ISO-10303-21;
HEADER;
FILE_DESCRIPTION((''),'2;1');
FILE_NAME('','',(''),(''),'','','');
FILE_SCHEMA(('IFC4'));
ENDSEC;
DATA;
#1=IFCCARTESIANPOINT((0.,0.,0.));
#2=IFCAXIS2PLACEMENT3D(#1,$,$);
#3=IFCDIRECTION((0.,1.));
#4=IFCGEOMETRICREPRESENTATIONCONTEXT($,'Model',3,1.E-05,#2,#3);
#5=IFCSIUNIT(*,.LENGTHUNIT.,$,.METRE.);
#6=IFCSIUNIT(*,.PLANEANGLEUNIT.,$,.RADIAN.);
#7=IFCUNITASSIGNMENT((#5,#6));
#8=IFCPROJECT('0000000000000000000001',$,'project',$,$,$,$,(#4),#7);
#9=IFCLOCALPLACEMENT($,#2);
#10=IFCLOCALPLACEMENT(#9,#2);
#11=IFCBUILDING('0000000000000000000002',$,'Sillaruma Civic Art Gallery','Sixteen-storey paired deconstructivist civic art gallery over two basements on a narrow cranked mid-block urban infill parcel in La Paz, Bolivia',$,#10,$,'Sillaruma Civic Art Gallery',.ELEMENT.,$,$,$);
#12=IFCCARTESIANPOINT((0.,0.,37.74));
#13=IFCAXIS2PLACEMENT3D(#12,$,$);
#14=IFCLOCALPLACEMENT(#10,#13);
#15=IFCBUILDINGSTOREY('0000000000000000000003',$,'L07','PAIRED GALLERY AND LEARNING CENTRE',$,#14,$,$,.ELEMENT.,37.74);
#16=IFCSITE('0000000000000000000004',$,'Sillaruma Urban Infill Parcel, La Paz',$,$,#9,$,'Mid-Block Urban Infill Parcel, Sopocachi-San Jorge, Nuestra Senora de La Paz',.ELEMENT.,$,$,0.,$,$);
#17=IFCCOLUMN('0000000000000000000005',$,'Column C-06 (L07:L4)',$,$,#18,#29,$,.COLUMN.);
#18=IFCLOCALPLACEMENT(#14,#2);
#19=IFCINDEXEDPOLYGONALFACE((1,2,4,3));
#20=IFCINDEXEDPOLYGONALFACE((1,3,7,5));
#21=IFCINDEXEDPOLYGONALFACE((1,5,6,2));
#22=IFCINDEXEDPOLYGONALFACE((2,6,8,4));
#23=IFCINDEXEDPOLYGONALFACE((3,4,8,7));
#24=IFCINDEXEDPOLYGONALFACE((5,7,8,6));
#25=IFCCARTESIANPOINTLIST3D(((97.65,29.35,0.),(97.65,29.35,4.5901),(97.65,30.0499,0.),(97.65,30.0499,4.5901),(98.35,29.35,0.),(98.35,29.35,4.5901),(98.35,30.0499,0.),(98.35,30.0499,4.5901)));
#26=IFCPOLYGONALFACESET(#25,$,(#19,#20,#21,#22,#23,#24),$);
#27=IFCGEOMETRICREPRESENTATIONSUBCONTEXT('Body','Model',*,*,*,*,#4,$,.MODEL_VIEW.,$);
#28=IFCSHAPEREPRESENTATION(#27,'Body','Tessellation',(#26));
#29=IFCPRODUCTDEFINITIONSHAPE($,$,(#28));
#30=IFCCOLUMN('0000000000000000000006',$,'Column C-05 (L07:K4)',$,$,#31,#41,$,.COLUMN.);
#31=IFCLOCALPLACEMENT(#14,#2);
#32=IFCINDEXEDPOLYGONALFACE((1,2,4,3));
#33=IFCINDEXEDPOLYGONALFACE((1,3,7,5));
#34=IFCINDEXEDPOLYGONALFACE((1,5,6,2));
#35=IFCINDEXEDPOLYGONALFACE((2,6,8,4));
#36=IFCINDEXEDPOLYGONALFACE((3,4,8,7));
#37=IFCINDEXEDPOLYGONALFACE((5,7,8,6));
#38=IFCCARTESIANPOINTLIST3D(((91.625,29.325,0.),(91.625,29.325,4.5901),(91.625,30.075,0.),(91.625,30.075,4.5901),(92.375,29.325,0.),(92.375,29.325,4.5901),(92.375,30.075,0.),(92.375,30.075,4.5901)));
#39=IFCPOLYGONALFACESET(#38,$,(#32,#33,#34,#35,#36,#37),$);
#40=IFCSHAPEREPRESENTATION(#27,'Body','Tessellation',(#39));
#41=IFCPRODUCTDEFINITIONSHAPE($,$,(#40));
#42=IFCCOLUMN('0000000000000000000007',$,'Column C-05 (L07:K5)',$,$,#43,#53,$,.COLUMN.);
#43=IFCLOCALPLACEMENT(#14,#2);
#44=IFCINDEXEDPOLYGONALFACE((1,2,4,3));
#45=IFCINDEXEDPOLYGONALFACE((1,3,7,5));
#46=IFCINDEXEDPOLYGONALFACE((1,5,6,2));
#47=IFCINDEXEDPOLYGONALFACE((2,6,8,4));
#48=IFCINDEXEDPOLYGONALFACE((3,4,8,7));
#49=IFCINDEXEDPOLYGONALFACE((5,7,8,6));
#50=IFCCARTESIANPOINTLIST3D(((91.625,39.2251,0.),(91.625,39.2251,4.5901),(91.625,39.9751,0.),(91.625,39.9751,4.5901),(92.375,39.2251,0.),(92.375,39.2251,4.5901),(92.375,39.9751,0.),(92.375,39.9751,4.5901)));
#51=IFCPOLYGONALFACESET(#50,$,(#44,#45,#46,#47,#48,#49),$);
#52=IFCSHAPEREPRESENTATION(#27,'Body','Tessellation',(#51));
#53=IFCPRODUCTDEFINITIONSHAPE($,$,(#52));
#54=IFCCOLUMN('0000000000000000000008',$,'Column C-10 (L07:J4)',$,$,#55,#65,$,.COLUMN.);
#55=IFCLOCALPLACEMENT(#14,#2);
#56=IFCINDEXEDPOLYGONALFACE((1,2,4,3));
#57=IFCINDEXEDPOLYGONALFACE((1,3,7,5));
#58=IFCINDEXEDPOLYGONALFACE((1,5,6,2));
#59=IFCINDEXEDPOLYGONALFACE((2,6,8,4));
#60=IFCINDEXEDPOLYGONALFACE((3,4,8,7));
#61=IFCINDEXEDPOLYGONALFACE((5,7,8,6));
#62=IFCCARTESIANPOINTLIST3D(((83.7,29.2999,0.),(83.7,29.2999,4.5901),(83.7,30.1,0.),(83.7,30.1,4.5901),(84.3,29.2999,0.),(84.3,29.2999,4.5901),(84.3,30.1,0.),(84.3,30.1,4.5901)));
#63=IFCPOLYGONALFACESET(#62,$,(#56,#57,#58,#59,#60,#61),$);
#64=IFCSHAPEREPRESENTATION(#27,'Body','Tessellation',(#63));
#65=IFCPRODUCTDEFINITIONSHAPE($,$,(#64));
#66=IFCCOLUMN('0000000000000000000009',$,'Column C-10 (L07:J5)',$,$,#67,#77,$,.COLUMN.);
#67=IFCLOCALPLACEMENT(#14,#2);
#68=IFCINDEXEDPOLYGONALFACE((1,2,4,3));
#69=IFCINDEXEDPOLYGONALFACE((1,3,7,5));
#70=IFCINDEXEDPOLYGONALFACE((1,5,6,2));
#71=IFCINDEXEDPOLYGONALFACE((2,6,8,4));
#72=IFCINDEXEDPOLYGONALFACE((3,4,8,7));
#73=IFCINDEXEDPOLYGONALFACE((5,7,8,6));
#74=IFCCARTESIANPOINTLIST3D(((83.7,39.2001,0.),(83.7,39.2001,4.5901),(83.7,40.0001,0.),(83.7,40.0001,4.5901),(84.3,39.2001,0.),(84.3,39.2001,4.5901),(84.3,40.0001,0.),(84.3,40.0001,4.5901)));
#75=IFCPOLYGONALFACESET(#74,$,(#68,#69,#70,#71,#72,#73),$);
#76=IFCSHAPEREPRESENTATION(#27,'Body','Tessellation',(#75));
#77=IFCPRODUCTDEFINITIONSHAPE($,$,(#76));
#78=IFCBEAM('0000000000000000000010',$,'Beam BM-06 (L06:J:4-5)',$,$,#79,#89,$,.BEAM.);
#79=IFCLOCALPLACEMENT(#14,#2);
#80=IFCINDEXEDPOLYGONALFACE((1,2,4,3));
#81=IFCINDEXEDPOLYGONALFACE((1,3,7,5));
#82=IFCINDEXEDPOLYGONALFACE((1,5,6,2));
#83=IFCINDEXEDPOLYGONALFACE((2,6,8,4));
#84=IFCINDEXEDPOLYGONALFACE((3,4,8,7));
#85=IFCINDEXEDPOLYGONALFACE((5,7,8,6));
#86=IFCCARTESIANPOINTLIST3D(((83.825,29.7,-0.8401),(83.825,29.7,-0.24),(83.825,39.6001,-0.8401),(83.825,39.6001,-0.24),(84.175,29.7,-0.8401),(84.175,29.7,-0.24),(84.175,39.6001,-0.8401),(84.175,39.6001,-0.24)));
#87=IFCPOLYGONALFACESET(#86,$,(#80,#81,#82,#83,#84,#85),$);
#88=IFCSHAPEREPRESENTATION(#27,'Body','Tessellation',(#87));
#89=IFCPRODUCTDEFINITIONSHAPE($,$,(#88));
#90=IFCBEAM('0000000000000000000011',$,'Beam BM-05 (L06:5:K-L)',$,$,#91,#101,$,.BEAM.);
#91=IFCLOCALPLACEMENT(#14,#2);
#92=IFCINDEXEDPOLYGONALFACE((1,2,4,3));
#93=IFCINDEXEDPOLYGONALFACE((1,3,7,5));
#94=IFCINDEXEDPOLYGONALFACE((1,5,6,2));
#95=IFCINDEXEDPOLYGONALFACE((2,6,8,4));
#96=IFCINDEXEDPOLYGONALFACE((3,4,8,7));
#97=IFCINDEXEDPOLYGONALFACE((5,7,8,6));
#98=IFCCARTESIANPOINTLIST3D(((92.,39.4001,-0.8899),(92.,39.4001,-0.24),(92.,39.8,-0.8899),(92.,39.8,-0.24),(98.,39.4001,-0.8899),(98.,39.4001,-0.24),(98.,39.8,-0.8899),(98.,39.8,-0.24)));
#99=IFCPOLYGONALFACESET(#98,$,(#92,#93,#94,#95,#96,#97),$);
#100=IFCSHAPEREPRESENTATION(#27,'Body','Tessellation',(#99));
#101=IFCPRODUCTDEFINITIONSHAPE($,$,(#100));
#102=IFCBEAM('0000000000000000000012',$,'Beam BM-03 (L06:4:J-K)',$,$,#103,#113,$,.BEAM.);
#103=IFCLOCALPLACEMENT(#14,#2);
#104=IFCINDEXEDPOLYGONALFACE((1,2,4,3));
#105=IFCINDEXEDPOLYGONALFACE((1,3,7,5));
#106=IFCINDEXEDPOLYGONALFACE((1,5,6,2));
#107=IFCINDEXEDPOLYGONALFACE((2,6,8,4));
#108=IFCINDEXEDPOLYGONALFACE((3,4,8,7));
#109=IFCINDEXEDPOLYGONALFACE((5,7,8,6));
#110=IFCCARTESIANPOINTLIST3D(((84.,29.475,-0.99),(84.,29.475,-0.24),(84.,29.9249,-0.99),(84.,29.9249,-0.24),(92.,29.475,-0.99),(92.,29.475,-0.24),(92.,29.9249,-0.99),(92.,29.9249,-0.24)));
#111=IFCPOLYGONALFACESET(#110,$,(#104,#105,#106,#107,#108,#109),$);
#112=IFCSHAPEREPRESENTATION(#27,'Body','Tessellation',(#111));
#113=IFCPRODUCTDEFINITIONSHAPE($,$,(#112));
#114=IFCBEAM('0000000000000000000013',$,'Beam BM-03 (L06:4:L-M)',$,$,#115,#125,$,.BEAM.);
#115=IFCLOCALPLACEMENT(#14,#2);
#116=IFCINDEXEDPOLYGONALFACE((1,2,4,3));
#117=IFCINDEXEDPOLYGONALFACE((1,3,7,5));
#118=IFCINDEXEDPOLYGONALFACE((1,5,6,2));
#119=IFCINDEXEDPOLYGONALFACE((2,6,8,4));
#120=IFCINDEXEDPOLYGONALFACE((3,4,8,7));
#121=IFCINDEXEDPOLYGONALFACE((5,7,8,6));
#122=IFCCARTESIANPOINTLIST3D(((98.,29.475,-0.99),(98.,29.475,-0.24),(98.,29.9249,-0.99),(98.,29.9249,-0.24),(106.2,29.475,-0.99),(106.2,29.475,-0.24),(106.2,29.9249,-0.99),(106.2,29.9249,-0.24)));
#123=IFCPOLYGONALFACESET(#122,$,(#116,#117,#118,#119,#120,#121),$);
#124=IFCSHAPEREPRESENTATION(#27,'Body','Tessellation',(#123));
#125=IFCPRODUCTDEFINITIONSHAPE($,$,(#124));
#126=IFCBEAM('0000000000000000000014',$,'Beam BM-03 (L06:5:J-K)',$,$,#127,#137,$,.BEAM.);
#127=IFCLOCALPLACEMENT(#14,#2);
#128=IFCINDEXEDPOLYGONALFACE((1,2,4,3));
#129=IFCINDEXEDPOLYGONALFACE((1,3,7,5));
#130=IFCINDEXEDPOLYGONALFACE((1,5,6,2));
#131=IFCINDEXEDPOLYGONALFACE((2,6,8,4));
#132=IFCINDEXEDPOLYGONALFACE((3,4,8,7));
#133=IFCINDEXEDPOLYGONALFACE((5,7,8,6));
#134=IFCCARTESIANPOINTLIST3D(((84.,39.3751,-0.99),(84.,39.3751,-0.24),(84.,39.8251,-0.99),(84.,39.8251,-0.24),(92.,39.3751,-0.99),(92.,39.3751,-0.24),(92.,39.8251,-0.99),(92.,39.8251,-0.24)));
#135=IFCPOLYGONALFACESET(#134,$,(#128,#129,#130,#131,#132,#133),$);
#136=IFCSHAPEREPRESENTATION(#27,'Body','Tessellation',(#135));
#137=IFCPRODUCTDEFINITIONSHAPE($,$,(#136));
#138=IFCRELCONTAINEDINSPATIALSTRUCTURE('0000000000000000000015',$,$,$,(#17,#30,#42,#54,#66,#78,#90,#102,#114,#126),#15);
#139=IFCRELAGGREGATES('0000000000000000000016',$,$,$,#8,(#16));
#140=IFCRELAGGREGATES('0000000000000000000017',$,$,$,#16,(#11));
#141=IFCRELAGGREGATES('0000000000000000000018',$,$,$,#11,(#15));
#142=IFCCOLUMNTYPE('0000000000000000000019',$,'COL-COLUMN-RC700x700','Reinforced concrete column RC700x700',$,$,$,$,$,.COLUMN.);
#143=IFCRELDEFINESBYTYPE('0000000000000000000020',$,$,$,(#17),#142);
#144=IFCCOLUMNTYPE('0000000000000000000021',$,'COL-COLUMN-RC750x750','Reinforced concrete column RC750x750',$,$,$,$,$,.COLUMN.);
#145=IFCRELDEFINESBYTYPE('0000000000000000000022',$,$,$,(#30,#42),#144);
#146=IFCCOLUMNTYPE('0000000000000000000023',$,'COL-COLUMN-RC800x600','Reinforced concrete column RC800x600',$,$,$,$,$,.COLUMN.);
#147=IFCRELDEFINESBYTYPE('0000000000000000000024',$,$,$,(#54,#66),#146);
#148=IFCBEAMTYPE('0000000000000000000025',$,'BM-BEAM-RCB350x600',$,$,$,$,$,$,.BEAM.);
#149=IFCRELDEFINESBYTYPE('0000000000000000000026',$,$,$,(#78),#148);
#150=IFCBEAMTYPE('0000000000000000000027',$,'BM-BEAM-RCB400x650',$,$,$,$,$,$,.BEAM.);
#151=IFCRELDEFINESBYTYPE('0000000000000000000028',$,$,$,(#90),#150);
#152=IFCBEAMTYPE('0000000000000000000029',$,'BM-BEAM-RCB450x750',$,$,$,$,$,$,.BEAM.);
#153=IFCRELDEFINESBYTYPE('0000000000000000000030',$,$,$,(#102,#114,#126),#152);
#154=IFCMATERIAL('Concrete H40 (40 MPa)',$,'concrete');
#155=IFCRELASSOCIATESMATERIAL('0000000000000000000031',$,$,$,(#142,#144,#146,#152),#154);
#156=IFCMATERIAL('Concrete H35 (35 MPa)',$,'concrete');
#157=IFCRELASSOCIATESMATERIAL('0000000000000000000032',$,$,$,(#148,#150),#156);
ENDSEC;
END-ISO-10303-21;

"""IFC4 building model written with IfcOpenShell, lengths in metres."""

from ifc_helpers import new_model, si_unit, direction, frame, origin, origin_2d, place, context, subcontext, project, spatial, rectangle, extrude, material, material_profile, profile_set, type_object, element, save


model = new_model("IFC4")

# Units and contexts
model_context = context("Model", 3, precision=1e-05, world=origin(), true_north=direction((0.0, 1.0)))
body_context = subcontext(model_context, "Body", "Model", "MODEL_VIEW")
ifc_project = project(units=[si_unit("LENGTHUNIT", "METRE"), si_unit("PLANEANGLEUNIT", "RADIAN")], contexts=[model_context])

# Site, building, storey
site_placement = place(None, origin())
site = spatial("IfcSite", under=ifc_project, at=site_placement, Name="Sillaruma Urban Infill Parcel, La Paz", LongName="Mid-Block Urban Infill Parcel, Sopocachi-San Jorge, Nuestra Senora de La Paz", CompositionType="ELEMENT", RefElevation=0.0)
building_placement = place(site_placement, origin())
building = spatial("IfcBuilding", under=site, at=building_placement, Name="Sillaruma Civic Art Gallery", Description="Sixteen-storey paired deconstructivist civic art gallery over two basements on a narrow cranked mid-block urban infill parcel in La Paz, Bolivia", LongName="Sillaruma Civic Art Gallery", CompositionType="ELEMENT")
storey_placement = place(building_placement, frame((0.0, 0.0, 37.74)))
storey = spatial("IfcBuildingStorey", under=building, at=storey_placement, Name="L07", Description="PAIRED GALLERY AND LEARNING CENTRE", CompositionType="ELEMENT", Elevation=37.74)

# Columns
ifc_material_1 = material(Name="Concrete H40 (40 MPa)", Category="concrete")
ifc_material_profile_1 = material_profile(ifc_material_1, rectangle(XDim=0.7, YDim=0.7, at=origin_2d()), Name="RC700x700")
ifc_profile_set_1 = profile_set([ifc_material_profile_1], Name="Concrete H40 (40 MPa)")
column_type_1 = type_object("IfcColumnType", Name="COL-COLUMN-RC700x700", Description="Reinforced concrete column RC700x700", PredefinedType="COLUMN", material=ifc_profile_set_1)
column_placement = place(storey_placement, frame((98.0, 29.7, 0.0), z_axis=(0.0, 0.0, 1.0), x_axis=(1.0, 0.0, 0.0)))
element("IfcColumn", 1, at=column_placement, inside=storey, type_object=column_type_1, Name="Column C-06 (L07:L4)", PredefinedType="COLUMN", context=body_context, shape_type="SweptSolid", body=[
    extrude(rectangle(XDim=0.7, YDim=0.7, at=origin_2d()), origin(), (0.0, 0.0, 1.0), 4.5901),
])
ifc_material_profile_2 = material_profile(ifc_material_1, rectangle(XDim=0.75, YDim=0.75, at=origin_2d()), Name="RC750x750")
ifc_profile_set_2 = profile_set([ifc_material_profile_2], Name="Concrete H40 (40 MPa)")
column_type_2 = type_object("IfcColumnType", Name="COL-COLUMN-RC750x750", Description="Reinforced concrete column RC750x750", PredefinedType="COLUMN", material=ifc_profile_set_2)
for number, where, z_axis, x_axis, name in (
    (2, (92.0, 29.7, 0.0), (0.0, 0.0, 1.0), (1.0, 0.0, 0.0), "Column C-05 (L07:K4)"),
    (3, (92.0, 39.6001, 0.0), (0.0, 0.0, 1.0), (1.0, 0.0, 0.0), "Column C-05 (L07:K5)"),
):
    element("IfcColumn", number, at=place(storey_placement, frame(where, z_axis=z_axis, x_axis=x_axis)), inside=storey, type_object=column_type_2, Name=name, PredefinedType="COLUMN", context=body_context, shape_type="SweptSolid", body=[
        extrude(rectangle(XDim=0.75, YDim=0.75, at=origin_2d()), origin(), (0.0, 0.0, 1.0), 4.5901),
    ])
ifc_material_profile_3 = material_profile(ifc_material_1, rectangle(XDim=0.6001, YDim=0.8, at=origin_2d()), Name="RC800x600")
ifc_profile_set_3 = profile_set([ifc_material_profile_3], Name="Concrete H40 (40 MPa)")
column_type_3 = type_object("IfcColumnType", Name="COL-COLUMN-RC800x600", Description="Reinforced concrete column RC800x600", PredefinedType="COLUMN", material=ifc_profile_set_3)
for number, where, z_axis, x_axis, name in (
    (4, (84.0, 29.7, 0.0), (0.0, 0.0, 1.0), (1.0, 0.0, 0.0), "Column C-10 (L07:J4)"),
    (5, (84.0, 39.6001, 0.0), (0.0, 0.0, 1.0), (1.0, 0.0, 0.0), "Column C-10 (L07:J5)"),
):
    element("IfcColumn", number, at=place(storey_placement, frame(where, z_axis=z_axis, x_axis=x_axis)), inside=storey, type_object=column_type_3, Name=name, PredefinedType="COLUMN", context=body_context, shape_type="SweptSolid", body=[
        extrude(rectangle(XDim=0.6001, YDim=0.8, at=origin_2d()), origin(), (0.0, 0.0, 1.0), 4.5901),
    ])

# Beams
ifc_material_2 = material(Name="Concrete H35 (35 MPa)", Category="concrete")
ifc_material_profile_4 = material_profile(ifc_material_2, rectangle(XDim=0.3501, YDim=0.6001, at=origin_2d()), Name="RCB350x600")
ifc_profile_set_4 = profile_set([ifc_material_profile_4], Name="Concrete H35 (35 MPa)")
beam_type_1 = type_object("IfcBeamType", Name="BM-BEAM-RCB350x600", PredefinedType="BEAM", material=ifc_profile_set_4)
beam_1_placement = place(storey_placement, frame((84.0, 29.7, -0.54), z_axis=(0.0, 1.0, 0.0), x_axis=(-1.0, 0.0, 0.0)))
element("IfcBeam", 6, at=beam_1_placement, inside=storey, type_object=beam_type_1, Name="Beam BM-06 (L06:J:4-5)", PredefinedType="BEAM", context=body_context, shape_type="SweptSolid", body=[
    extrude(rectangle(XDim=0.3501, YDim=0.6001, at=origin_2d()), origin(), (0.0, 0.0, 1.0), 9.9001),
])
ifc_material_profile_5 = material_profile(ifc_material_2, rectangle(XDim=0.3999, YDim=0.6499, at=origin_2d()), Name="RCB400x650")
ifc_profile_set_5 = profile_set([ifc_material_profile_5], Name="Concrete H35 (35 MPa)")
beam_type_2 = type_object("IfcBeamType", Name="BM-BEAM-RCB400x650", PredefinedType="BEAM", material=ifc_profile_set_5)
beam_2_placement = place(storey_placement, frame((92.0, 39.6001, -0.5649), z_axis=(1.0, 0.0, 0.0), x_axis=(0.0, 1.0, 0.0)))
element("IfcBeam", 7, at=beam_2_placement, inside=storey, type_object=beam_type_2, Name="Beam BM-05 (L06:5:K-L)", PredefinedType="BEAM", context=body_context, shape_type="SweptSolid", body=[
    extrude(rectangle(XDim=0.3999, YDim=0.6499, at=origin_2d()), origin(), (0.0, 0.0, 1.0), 6.0),
])
ifc_material_profile_6 = material_profile(ifc_material_1, rectangle(XDim=0.45, YDim=0.75, at=origin_2d()), Name="RCB450x750")
ifc_profile_set_6 = profile_set([ifc_material_profile_6], Name="Concrete H40 (40 MPa)")
beam_type_3 = type_object("IfcBeamType", Name="BM-BEAM-RCB450x750", PredefinedType="BEAM", material=ifc_profile_set_6)
beam_3_placement = place(storey_placement, frame((84.0, 29.7, -0.615), z_axis=(1.0, 0.0, 0.0), x_axis=(0.0, 1.0, 0.0)))
element("IfcBeam", 8, at=beam_3_placement, inside=storey, type_object=beam_type_3, Name="Beam BM-03 (L06:4:J-K)", PredefinedType="BEAM", context=body_context, shape_type="SweptSolid", body=[
    extrude(rectangle(XDim=0.45, YDim=0.75, at=origin_2d()), origin(), (0.0, 0.0, 1.0), 8.0),
])
beam_4_placement = place(storey_placement, frame((98.0, 29.7, -0.615), z_axis=(1.0, 0.0, 0.0), x_axis=(0.0, 1.0, 0.0)))
element("IfcBeam", 9, at=beam_4_placement, inside=storey, type_object=beam_type_3, Name="Beam BM-03 (L06:4:L-M)", PredefinedType="BEAM", context=body_context, shape_type="SweptSolid", body=[
    extrude(rectangle(XDim=0.45, YDim=0.75, at=origin_2d()), origin(), (0.0, 0.0, 1.0), 8.2),
])
beam_5_placement = place(storey_placement, frame((84.0, 39.6001, -0.615), z_axis=(1.0, 0.0, 0.0), x_axis=(0.0, 1.0, 0.0)))
element("IfcBeam", 10, at=beam_5_placement, inside=storey, type_object=beam_type_3, Name="Beam BM-03 (L06:5:J-K)", PredefinedType="BEAM", context=body_context, shape_type="SweptSolid", body=[
    extrude(rectangle(XDim=0.45, YDim=0.75, at=origin_2d()), origin(), (0.0, 0.0, 1.0), 8.0),
])

save(model, "model.ifc")
